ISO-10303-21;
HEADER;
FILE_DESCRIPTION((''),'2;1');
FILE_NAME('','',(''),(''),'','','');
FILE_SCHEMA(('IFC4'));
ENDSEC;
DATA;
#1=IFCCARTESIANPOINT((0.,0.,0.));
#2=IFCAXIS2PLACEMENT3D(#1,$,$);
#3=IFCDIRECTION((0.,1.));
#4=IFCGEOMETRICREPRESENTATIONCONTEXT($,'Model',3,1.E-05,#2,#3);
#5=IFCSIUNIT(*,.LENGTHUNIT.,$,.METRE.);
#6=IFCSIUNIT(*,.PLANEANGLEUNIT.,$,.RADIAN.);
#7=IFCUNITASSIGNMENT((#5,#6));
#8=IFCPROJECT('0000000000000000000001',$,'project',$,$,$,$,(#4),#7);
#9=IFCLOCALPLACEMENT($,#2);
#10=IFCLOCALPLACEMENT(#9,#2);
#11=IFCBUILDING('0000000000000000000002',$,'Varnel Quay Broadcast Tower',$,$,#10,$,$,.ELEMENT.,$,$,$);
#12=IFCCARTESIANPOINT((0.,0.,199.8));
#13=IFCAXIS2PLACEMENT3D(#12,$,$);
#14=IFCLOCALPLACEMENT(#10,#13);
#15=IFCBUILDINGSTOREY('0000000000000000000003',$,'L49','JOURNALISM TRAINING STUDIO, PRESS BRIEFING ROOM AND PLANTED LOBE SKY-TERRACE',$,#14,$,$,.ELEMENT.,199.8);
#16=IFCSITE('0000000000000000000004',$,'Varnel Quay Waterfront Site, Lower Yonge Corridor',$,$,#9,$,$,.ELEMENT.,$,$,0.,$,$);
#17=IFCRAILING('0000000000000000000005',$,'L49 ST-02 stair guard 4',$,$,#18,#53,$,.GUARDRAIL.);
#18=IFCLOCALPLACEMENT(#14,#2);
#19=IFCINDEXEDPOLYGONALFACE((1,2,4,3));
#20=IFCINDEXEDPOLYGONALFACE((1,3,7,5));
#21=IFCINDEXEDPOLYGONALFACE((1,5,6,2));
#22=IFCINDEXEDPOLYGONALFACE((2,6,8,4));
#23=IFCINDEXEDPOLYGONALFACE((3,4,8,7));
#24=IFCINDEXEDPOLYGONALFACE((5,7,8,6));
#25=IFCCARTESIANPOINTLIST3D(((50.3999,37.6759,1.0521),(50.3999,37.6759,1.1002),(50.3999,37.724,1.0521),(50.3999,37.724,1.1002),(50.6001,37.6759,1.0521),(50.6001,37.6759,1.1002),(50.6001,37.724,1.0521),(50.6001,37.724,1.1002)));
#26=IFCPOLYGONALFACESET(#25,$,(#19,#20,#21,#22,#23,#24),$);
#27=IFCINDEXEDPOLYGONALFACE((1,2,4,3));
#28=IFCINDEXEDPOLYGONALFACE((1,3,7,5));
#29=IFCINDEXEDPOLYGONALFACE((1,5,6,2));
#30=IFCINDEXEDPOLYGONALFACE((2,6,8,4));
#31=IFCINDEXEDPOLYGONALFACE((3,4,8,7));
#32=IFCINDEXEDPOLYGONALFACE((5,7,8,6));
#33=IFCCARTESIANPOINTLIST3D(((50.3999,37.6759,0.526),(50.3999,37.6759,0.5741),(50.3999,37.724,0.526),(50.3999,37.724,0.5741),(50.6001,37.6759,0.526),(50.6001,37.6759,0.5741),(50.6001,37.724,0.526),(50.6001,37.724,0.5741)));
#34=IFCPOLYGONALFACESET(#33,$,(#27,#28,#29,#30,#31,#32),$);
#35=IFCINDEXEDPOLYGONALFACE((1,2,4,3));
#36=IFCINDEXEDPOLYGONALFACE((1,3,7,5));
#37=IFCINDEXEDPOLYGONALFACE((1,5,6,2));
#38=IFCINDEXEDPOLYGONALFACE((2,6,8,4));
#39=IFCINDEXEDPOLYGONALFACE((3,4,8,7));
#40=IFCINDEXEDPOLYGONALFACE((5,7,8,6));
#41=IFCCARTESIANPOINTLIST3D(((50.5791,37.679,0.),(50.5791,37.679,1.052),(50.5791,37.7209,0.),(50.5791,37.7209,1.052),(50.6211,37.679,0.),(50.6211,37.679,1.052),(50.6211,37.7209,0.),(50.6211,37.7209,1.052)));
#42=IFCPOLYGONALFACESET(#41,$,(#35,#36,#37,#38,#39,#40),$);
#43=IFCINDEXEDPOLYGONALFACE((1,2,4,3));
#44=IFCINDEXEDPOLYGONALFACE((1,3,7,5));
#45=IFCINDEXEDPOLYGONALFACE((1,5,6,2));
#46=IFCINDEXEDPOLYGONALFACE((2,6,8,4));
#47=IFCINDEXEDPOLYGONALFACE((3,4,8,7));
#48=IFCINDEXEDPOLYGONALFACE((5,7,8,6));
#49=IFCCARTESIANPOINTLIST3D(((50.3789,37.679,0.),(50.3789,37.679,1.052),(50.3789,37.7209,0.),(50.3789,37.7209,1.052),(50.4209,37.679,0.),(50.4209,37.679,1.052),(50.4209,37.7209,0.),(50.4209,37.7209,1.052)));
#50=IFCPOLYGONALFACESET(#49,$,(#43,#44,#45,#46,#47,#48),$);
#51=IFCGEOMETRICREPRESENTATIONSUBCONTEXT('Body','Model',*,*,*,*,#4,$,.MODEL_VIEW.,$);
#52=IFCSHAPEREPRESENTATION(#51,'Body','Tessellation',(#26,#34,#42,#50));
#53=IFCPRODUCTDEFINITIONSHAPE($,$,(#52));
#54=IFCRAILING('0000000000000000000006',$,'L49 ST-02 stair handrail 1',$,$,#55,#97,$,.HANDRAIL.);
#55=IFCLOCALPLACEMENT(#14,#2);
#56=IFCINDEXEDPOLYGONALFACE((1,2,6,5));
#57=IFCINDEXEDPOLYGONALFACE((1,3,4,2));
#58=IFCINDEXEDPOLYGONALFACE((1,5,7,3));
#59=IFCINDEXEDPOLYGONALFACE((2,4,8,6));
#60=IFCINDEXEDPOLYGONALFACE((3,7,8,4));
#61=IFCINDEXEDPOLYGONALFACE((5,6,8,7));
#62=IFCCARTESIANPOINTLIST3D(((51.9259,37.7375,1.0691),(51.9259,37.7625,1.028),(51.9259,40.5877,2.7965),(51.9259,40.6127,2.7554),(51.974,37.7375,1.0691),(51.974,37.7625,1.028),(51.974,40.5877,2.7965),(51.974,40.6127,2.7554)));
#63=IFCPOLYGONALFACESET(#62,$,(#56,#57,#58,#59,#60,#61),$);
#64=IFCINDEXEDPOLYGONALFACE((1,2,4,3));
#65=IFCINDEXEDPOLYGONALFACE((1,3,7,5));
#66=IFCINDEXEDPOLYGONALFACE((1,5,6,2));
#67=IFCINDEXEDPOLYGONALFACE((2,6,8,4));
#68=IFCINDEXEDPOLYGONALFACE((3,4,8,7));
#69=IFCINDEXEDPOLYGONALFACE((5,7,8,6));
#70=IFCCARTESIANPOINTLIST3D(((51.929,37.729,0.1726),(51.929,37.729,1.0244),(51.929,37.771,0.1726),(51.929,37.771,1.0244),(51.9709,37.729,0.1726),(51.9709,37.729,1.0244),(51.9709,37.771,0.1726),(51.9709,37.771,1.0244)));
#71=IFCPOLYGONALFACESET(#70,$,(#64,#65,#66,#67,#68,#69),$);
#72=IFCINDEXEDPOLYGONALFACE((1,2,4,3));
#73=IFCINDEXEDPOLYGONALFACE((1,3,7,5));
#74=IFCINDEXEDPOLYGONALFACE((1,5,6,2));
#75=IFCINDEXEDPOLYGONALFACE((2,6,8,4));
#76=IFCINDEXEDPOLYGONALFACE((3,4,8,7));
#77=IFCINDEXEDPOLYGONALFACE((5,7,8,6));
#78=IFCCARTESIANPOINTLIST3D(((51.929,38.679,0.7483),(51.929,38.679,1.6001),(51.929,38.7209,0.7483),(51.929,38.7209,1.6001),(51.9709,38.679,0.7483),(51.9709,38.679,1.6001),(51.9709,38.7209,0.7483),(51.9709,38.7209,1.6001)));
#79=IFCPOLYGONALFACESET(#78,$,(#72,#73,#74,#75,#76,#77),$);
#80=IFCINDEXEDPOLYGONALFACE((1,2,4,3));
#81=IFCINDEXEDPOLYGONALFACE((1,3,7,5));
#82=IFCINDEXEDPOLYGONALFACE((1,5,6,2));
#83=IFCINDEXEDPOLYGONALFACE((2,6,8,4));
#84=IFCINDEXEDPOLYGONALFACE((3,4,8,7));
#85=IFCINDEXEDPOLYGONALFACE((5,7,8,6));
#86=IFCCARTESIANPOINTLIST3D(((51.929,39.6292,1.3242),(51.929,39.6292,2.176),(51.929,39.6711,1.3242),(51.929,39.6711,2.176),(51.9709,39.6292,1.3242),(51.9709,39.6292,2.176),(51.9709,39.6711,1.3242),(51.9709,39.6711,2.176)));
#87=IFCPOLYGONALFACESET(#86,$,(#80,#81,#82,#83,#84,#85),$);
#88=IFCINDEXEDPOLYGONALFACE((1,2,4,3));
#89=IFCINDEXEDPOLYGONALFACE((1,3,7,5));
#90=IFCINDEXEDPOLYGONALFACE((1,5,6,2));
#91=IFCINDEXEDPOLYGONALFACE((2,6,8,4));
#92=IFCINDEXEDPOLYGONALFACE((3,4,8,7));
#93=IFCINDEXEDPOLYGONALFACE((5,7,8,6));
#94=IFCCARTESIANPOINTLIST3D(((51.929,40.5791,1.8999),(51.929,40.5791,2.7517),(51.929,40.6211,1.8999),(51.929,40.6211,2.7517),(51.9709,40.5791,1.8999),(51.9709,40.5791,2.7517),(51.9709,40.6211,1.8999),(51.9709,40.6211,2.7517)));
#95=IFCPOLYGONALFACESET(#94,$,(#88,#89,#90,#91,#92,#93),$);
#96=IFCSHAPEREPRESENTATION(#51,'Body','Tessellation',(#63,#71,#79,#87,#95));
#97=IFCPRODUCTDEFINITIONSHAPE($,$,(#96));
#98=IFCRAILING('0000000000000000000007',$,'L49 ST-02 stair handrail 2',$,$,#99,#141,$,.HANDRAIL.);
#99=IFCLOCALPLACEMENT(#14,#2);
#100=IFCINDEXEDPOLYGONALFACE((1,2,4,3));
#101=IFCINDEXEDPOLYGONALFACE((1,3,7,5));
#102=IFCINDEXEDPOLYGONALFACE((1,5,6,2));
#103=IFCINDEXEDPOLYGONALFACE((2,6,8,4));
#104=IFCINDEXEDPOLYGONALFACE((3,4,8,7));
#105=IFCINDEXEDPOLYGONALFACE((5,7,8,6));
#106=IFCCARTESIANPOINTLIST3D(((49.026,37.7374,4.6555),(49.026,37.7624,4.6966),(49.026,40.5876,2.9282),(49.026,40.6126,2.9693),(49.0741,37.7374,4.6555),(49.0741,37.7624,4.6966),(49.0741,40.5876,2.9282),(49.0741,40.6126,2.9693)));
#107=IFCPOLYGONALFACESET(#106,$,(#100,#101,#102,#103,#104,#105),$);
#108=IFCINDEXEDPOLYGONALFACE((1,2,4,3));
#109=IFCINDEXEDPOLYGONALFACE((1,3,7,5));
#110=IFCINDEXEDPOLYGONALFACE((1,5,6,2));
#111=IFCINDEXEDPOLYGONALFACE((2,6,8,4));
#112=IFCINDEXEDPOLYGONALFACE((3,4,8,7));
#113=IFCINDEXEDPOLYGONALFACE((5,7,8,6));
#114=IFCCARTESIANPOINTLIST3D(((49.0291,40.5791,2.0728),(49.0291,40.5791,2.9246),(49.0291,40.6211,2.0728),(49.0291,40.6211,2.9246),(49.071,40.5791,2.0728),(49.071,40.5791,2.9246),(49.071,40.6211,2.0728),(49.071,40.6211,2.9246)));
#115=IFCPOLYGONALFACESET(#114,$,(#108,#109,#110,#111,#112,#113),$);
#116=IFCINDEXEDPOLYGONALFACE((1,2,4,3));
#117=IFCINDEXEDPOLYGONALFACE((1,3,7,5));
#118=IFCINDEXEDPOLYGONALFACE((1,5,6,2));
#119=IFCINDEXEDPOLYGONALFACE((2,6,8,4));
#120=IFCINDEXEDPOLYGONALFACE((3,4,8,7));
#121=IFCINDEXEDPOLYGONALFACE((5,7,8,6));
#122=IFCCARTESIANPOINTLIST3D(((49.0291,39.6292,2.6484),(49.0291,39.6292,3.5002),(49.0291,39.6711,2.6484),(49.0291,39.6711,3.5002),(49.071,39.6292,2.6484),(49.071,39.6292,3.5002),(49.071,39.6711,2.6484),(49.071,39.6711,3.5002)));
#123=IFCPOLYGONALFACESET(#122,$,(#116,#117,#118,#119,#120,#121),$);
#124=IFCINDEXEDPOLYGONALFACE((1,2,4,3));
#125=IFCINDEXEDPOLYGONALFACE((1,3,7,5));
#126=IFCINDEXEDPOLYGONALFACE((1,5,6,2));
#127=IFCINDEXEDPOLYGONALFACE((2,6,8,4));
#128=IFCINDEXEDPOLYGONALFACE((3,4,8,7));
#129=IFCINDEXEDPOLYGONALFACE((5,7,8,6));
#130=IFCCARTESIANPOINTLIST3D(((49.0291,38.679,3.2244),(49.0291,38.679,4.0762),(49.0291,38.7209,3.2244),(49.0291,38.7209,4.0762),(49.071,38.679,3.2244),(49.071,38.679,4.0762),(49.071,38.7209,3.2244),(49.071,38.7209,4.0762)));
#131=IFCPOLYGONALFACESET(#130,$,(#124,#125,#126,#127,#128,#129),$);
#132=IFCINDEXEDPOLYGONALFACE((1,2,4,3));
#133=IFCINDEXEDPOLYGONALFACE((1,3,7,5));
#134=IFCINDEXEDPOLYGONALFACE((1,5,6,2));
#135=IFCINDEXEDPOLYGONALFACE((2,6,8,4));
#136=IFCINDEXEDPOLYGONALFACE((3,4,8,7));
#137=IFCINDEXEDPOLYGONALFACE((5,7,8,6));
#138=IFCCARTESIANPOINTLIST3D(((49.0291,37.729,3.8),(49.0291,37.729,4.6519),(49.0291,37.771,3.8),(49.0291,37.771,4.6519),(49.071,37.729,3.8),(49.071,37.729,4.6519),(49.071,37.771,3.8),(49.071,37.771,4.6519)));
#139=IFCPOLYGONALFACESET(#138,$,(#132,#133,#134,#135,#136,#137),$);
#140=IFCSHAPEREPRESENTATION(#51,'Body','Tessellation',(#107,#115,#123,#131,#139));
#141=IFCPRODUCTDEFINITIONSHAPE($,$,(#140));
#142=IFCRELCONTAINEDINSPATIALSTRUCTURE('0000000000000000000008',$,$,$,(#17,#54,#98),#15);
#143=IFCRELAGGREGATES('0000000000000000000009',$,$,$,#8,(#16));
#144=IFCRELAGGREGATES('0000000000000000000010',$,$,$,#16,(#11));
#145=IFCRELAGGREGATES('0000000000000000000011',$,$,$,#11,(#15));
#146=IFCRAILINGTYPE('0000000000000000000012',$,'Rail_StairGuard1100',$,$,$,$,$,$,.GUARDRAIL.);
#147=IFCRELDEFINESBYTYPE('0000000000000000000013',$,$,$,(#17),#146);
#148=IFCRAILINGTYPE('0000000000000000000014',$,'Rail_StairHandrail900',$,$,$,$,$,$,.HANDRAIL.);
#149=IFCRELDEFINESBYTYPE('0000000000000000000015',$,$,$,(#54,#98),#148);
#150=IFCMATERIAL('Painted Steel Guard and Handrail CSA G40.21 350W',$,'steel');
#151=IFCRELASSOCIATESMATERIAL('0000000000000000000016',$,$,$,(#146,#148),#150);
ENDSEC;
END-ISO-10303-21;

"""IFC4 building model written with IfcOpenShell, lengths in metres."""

from ifc_helpers import new_model, si_unit, direction, frame, origin, origin_2d, place, context, subcontext, project, spatial, rectangle, extrude, material, type_object, element, save


model = new_model("IFC4")

# Units and contexts
model_context = context("Model", 3, precision=1e-05, world=origin(), true_north=direction((0.0, 1.0)))
body_context = subcontext(model_context, "Body", "Model", "MODEL_VIEW")
ifc_project = project(units=[si_unit("LENGTHUNIT", "METRE"), si_unit("PLANEANGLEUNIT", "RADIAN")], contexts=[model_context])

# Site, building, storey
site_placement = place(None, origin())
site = spatial("IfcSite", under=ifc_project, at=site_placement, Name="Varnel Quay Waterfront Site, Lower Yonge Corridor", CompositionType="ELEMENT", RefElevation=0.0)
building_placement = place(site_placement, origin())
building = spatial("IfcBuilding", under=site, at=building_placement, Name="Varnel Quay Broadcast Tower", CompositionType="ELEMENT")
storey_placement = place(building_placement, frame((0.0, 0.0, 199.8)))
storey = spatial("IfcBuildingStorey", under=building, at=storey_placement, Name="L49", Description="JOURNALISM TRAINING STUDIO, PRESS BRIEFING ROOM AND PLANTED LOBE SKY-TERRACE", CompositionType="ELEMENT", Elevation=199.8)

# Railings
ifc_material_1 = material(Name="Painted Steel Guard and Handrail CSA G40.21 350W", Category="steel")
railing_type_1 = type_object("IfcRailingType", Name="Rail_StairGuard1100", PredefinedType="GUARDRAIL", material=ifc_material_1)
railing_1_placement = place(storey_placement, frame((50.6001, 37.7, 0.0)))
element("IfcRailing", 1, at=railing_1_placement, inside=storey, type_object=railing_type_1, Name="L49 ST-02 stair guard 4", PredefinedType="GUARDRAIL", context=body_context, shape_type="SweptSolid", body=[
    extrude(rectangle(XDim=0.0481, YDim=0.0481, at=origin_2d()), frame((0.0, 0.0, 1.0762), z_axis=(-1.0, 0.0, 0.0), x_axis=(0.0, -1.0, 0.0)), (0.0, 0.0, 1.0), 0.2002),
    extrude(rectangle(XDim=0.0481, YDim=0.0481, at=origin_2d()), frame((0.0, 0.0, 0.55), z_axis=(-1.0, 0.0, 0.0), x_axis=(0.0, -1.0, 0.0)), (0.0, 0.0, 1.0), 0.2002),
    extrude(rectangle(XDim=0.042, YDim=0.042, at=origin_2d()), origin(), (0.0, 0.0, 1.0), 1.052),
    extrude(rectangle(XDim=0.042, YDim=0.042, at=origin_2d()), frame((-0.2002, 0.0, 0.0)), (0.0, 0.0, 1.0), 1.052),
])
railing_type_2 = type_object("IfcRailingType", Name="Rail_StairHandrail900", PredefinedType="HANDRAIL", material=ifc_material_1)
railing_2_placement = place(storey_placement, frame((51.95, 37.75, 0.1726)))
element("IfcRailing", 2, at=railing_2_placement, inside=storey, type_object=railing_type_2, Name="L49 ST-02 stair handrail 1", PredefinedType="HANDRAIL", context=body_context, shape_type="SweptSolid", body=[
    extrude(rectangle(XDim=0.0481, YDim=0.0481, at=origin_2d()), frame((0.0, 0.0, 0.876), z_axis=(0.0, 0.855203, 0.518294), x_axis=(-1.0, 0.0, 0.0)), (0.0, 0.0, 1.0), 3.3328),
    extrude(rectangle(XDim=0.042, YDim=0.042, at=origin_2d()), origin(), (0.0, 0.0, 1.0), 0.8518),
    extrude(rectangle(XDim=0.042, YDim=0.042, at=origin_2d()), frame((0.0, 0.95, 0.5757)), (0.0, 0.0, 1.0), 0.8518),
    extrude(rectangle(XDim=0.042, YDim=0.042, at=origin_2d()), frame((0.0, 1.9001, 1.1516)), (0.0, 0.0, 1.0), 0.8518),
    extrude(rectangle(XDim=0.042, YDim=0.042, at=origin_2d()), frame((0.0, 2.8501, 1.7273)), (0.0, 0.0, 1.0), 0.8518),
])
railing_3_placement = place(storey_placement, frame((49.05, 40.6001, 2.0728)))
element("IfcRailing", 3, at=railing_3_placement, inside=storey, type_object=railing_type_2, Name="L49 ST-02 stair handrail 2", PredefinedType="HANDRAIL", context=body_context, shape_type="SweptSolid", body=[
    extrude(rectangle(XDim=0.0481, YDim=0.0481, at=origin_2d()), frame((0.0, 0.0, 0.876), z_axis=(0.0, -0.855203, 0.518294), x_axis=(1.0, 0.0, 0.0)), (0.0, 0.0, 1.0), 3.3328),
    extrude(rectangle(XDim=0.042, YDim=0.042, at=origin_2d()), origin(), (0.0, 0.0, 1.0), 0.8518),
    extrude(rectangle(XDim=0.042, YDim=0.042, at=origin_2d()), frame((0.0, -0.95, 0.5757)), (0.0, 0.0, 1.0), 0.8518),
    extrude(rectangle(XDim=0.042, YDim=0.042, at=origin_2d()), frame((0.0, -1.9001, 1.1516)), (0.0, 0.0, 1.0), 0.8518),
    extrude(rectangle(XDim=0.042, YDim=0.042, at=origin_2d()), frame((0.0, -2.8501, 1.7273)), (0.0, 0.0, 1.0), 0.8518),
])

save(model, "model.ifc")
